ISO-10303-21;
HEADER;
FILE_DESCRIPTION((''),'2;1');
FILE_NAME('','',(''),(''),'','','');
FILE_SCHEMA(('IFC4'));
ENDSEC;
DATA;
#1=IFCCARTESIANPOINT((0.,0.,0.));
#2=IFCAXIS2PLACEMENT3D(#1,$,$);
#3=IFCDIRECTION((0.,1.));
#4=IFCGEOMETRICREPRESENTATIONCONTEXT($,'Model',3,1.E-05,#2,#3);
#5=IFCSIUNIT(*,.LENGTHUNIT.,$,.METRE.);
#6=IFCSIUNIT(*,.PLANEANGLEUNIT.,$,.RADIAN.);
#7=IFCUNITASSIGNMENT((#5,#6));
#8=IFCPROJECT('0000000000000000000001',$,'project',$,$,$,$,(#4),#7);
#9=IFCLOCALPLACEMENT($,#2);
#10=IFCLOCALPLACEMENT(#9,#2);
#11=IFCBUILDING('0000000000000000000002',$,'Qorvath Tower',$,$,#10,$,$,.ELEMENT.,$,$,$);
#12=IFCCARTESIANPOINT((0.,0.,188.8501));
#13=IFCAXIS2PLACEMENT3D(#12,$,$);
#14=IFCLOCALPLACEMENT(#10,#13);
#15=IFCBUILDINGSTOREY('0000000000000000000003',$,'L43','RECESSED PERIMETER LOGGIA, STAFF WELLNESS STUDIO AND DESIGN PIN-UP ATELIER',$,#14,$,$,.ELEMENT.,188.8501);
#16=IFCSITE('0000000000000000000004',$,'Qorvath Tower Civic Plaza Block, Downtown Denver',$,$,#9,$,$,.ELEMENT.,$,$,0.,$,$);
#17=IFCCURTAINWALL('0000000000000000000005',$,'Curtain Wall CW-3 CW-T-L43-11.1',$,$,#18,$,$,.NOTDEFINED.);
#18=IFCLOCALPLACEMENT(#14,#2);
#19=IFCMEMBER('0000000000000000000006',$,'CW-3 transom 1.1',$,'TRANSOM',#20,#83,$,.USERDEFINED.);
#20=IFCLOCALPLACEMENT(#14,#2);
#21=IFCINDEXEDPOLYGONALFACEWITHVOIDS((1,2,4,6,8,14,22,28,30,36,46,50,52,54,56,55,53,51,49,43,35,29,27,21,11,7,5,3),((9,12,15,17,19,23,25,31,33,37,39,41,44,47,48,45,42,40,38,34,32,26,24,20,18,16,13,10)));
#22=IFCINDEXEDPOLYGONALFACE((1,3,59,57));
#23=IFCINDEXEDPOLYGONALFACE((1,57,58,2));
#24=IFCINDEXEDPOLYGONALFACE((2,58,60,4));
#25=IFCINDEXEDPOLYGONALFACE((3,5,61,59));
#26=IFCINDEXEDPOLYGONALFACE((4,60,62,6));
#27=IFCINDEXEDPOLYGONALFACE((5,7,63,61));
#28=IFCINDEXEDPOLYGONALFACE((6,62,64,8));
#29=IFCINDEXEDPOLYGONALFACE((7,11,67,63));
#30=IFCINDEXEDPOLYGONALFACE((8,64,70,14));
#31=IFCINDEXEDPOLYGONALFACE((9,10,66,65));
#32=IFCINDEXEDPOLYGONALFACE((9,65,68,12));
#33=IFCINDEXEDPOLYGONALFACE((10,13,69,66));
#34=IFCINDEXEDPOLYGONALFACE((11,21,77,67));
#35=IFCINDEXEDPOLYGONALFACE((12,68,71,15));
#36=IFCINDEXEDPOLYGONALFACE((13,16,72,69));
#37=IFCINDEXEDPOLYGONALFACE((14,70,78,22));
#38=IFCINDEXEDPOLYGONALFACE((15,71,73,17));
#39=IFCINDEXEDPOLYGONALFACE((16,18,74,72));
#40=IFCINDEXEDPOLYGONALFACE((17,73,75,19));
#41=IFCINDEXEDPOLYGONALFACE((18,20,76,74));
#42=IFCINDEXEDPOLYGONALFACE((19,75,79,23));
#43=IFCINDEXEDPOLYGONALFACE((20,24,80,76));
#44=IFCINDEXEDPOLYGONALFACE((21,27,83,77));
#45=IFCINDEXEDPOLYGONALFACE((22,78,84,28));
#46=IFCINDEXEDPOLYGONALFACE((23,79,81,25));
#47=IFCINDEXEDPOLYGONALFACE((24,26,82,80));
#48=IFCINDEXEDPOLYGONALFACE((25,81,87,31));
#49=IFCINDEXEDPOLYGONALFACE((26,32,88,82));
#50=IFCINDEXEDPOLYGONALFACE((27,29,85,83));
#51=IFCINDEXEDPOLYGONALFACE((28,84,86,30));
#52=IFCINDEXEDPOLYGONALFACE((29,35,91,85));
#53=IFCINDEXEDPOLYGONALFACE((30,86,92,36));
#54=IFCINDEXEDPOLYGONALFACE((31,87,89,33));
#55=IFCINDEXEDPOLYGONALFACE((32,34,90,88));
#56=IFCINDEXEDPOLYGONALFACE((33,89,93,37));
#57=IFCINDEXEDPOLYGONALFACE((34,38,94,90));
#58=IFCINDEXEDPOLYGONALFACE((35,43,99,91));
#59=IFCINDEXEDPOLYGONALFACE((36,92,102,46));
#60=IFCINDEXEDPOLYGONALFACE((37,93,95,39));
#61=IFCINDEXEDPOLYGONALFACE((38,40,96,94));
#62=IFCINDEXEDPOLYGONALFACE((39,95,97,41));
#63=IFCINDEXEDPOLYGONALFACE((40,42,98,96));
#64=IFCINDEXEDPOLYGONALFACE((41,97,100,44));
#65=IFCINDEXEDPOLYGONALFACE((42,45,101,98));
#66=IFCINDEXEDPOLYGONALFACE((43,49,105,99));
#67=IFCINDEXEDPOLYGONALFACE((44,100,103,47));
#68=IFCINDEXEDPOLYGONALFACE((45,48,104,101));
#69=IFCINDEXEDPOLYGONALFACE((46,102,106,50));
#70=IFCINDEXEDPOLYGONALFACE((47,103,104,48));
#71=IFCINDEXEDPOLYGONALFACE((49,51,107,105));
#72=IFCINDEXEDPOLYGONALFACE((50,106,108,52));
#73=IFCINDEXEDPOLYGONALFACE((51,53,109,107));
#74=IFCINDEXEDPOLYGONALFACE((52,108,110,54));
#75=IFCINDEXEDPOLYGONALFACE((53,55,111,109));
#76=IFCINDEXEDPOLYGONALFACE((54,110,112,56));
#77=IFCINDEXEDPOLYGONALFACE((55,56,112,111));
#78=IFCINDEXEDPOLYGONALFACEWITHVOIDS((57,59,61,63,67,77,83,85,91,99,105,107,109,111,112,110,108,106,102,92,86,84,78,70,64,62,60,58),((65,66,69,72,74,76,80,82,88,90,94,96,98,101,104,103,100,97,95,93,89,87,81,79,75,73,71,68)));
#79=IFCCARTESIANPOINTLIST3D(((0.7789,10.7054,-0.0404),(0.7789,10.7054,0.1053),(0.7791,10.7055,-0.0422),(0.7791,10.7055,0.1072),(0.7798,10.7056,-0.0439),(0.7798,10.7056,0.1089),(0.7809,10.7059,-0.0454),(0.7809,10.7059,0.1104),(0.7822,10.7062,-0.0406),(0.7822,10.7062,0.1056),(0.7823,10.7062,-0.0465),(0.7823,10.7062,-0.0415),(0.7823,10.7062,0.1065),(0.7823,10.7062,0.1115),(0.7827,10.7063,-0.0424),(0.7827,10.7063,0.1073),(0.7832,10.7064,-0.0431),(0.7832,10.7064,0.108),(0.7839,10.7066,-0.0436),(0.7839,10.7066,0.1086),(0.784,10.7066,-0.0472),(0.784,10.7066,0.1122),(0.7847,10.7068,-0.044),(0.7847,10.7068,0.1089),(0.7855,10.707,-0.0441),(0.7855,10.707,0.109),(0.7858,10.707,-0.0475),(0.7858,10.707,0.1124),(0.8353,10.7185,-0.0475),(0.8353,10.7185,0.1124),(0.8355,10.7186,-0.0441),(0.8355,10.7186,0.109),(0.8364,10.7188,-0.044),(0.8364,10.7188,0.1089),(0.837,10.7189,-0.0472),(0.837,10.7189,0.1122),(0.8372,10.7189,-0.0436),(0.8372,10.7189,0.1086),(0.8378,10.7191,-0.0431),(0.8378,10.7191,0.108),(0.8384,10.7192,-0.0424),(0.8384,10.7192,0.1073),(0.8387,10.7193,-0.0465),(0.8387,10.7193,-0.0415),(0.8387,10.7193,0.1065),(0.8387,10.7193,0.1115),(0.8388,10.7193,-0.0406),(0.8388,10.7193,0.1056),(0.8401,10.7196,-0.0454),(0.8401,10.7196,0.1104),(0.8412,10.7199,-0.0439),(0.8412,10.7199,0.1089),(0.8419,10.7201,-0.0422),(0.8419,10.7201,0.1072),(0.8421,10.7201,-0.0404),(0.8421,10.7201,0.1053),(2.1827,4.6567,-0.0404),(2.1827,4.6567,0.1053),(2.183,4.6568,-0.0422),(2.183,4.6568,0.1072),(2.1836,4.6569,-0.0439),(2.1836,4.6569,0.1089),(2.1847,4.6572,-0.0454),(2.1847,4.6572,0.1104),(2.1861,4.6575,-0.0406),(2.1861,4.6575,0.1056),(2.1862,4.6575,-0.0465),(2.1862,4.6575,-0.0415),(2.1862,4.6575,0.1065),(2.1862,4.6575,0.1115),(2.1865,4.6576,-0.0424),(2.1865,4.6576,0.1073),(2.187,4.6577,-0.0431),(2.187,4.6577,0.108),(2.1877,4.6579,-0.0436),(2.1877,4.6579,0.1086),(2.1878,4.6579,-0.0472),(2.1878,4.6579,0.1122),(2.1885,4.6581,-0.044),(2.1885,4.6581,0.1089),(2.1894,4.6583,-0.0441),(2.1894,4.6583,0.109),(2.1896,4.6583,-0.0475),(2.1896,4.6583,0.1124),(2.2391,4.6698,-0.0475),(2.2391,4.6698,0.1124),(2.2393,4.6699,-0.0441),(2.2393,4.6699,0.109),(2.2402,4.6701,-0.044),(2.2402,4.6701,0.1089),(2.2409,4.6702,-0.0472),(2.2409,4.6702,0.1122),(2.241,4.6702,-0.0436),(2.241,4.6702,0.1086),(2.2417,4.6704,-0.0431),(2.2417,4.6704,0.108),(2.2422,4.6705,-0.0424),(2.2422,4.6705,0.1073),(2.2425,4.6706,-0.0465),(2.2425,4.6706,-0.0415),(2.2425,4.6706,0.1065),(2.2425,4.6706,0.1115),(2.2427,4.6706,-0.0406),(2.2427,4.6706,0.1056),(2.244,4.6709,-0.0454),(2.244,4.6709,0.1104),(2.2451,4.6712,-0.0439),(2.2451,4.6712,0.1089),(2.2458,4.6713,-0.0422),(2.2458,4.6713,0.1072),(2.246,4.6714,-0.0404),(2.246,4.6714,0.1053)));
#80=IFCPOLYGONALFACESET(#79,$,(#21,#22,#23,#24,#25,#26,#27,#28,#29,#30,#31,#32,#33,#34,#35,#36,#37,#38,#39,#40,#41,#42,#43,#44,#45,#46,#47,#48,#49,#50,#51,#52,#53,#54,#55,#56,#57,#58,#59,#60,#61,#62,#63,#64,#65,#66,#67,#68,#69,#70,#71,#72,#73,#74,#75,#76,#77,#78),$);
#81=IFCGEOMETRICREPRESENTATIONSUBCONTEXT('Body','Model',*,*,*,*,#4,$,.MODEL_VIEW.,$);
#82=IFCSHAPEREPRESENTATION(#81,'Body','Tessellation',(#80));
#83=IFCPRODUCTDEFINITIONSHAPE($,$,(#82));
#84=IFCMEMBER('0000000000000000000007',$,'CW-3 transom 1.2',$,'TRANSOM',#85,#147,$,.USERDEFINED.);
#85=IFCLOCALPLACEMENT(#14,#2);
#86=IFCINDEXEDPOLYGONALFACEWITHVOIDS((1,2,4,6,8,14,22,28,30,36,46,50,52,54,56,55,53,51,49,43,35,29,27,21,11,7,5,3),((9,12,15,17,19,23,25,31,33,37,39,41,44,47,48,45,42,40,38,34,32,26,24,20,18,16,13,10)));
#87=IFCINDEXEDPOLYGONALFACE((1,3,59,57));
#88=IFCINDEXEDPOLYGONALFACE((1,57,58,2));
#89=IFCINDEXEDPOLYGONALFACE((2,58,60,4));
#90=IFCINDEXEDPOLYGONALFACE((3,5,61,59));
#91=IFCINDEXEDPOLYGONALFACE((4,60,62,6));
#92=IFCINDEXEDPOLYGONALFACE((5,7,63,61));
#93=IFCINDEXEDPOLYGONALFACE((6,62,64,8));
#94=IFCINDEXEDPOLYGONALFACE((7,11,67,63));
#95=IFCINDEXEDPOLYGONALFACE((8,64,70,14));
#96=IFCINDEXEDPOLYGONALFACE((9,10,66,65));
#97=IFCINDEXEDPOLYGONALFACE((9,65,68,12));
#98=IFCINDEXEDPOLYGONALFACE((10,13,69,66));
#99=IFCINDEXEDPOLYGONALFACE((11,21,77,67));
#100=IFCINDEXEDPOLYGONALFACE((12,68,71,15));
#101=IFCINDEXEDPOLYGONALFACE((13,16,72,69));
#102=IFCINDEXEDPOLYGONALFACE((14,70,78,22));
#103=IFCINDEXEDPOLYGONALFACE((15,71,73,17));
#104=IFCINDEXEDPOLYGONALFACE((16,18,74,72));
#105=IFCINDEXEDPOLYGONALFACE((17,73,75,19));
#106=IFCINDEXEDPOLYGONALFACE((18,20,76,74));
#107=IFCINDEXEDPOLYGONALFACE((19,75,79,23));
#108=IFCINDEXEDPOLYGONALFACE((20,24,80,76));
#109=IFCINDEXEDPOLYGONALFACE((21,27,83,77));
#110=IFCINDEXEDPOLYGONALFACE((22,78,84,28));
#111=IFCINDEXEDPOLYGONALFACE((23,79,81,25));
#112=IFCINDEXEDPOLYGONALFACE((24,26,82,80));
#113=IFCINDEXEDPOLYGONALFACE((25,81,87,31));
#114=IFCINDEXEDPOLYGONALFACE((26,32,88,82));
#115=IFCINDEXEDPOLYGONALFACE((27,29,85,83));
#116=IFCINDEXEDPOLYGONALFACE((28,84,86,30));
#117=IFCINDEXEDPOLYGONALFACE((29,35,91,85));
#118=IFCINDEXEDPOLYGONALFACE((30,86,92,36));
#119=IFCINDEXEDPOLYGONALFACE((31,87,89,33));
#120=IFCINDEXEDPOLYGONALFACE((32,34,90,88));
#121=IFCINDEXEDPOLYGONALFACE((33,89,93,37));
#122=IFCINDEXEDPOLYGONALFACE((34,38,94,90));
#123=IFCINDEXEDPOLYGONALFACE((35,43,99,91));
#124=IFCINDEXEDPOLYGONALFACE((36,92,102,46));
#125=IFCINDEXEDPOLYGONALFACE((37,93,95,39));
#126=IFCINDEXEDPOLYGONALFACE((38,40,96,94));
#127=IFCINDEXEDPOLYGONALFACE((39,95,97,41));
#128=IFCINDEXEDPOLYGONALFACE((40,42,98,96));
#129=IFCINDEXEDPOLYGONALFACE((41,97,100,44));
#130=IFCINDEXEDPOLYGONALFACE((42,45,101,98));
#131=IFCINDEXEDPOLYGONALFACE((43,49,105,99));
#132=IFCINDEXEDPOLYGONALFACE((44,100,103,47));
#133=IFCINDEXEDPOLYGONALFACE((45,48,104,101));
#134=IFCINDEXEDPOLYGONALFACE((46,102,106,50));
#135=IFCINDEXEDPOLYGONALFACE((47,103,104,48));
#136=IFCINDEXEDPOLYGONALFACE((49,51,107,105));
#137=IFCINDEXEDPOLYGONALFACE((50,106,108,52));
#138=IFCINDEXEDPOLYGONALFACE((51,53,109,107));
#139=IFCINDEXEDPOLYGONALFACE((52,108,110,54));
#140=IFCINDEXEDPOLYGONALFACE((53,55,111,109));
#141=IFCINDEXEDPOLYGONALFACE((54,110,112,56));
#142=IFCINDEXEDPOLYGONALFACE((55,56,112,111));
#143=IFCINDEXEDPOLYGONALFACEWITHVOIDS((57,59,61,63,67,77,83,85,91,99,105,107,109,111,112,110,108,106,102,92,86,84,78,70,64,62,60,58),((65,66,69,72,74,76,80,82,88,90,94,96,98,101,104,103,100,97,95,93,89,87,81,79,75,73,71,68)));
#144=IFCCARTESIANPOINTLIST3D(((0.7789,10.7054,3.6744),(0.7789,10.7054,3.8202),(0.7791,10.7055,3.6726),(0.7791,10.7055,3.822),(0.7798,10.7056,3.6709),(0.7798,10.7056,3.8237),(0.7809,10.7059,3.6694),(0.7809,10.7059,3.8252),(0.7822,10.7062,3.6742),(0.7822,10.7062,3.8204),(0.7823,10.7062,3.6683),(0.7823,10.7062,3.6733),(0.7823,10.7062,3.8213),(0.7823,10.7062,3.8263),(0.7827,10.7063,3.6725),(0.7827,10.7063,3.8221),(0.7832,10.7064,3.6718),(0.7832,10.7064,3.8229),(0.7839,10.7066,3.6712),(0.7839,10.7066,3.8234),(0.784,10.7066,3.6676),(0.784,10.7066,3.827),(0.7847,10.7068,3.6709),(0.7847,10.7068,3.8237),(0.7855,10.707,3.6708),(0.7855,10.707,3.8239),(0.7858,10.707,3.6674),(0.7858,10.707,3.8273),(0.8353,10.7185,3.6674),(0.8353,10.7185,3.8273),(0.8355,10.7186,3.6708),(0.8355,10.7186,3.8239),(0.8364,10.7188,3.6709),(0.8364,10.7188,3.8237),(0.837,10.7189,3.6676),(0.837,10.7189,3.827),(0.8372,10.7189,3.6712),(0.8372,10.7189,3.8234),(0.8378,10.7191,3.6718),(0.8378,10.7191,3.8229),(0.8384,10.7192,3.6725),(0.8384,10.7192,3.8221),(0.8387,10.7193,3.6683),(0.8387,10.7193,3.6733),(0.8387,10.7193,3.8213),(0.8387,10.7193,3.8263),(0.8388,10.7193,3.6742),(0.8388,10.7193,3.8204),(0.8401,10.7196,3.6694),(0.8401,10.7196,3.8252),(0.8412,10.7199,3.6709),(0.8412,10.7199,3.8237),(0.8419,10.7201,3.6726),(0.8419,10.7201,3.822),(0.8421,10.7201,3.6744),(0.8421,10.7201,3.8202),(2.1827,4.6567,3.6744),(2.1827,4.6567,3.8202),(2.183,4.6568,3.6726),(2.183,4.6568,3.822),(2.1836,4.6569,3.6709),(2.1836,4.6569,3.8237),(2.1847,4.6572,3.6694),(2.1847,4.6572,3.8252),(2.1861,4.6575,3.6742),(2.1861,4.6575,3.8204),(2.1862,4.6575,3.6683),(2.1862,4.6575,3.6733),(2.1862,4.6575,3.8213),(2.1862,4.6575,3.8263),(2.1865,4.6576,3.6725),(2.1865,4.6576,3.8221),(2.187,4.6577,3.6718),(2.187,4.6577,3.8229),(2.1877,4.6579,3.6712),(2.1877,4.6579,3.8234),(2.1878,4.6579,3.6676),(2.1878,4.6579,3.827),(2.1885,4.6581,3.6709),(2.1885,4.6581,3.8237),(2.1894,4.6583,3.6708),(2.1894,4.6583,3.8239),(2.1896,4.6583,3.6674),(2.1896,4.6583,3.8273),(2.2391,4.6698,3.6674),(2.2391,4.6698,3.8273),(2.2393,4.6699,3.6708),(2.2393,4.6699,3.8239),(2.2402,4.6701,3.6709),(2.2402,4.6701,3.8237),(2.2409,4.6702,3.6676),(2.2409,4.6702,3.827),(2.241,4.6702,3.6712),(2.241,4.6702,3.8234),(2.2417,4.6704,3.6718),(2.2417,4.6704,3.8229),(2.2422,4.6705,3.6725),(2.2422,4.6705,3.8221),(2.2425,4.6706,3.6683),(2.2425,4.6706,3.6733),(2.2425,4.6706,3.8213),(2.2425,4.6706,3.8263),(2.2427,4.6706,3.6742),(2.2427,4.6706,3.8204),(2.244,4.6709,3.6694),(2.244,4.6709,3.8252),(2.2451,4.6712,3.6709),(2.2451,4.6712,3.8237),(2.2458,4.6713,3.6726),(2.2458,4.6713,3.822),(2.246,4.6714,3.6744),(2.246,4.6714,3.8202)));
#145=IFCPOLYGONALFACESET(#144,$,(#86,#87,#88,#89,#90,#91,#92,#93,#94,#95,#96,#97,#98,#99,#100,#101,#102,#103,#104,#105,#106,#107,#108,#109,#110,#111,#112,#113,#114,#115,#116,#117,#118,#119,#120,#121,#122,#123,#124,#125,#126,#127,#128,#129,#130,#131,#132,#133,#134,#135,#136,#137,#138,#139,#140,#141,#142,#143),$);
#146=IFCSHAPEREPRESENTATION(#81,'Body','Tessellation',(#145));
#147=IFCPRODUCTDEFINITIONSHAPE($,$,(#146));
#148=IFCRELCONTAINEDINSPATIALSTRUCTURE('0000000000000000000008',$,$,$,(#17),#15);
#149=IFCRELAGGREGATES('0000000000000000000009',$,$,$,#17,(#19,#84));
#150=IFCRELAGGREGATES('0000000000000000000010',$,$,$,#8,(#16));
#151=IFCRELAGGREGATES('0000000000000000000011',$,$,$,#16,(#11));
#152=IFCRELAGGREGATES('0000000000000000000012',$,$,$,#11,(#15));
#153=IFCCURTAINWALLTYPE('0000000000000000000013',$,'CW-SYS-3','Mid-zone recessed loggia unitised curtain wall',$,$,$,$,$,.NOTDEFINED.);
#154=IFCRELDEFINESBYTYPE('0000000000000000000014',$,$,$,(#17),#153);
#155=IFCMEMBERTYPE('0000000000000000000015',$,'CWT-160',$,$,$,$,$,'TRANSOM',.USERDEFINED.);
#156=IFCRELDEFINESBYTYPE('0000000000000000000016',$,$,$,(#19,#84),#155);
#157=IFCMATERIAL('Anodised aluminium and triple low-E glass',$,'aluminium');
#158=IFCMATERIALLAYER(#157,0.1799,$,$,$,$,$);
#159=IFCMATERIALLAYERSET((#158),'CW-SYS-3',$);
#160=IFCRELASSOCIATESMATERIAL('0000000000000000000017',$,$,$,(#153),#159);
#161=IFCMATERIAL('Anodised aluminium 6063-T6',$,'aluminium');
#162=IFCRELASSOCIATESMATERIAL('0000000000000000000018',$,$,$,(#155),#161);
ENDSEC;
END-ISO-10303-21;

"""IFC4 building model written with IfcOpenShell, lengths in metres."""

from ifc_helpers import new_model, si_unit, direction, frame, origin, origin_2d, place, context, subcontext, project, spatial, hollow_rectangle, extrude, material, layer, layer_set, material_profile, profile_set, type_object, element, aggregate, save


model = new_model("IFC4")

# Units and contexts
model_context = context("Model", 3, precision=1e-05, world=origin(), true_north=direction((0.0, 1.0)))
body_context = subcontext(model_context, "Body", "Model", "MODEL_VIEW")
ifc_project = project(units=[si_unit("LENGTHUNIT", "METRE"), si_unit("PLANEANGLEUNIT", "RADIAN")], contexts=[model_context])

# Site, building, storey
site_placement = place(None, origin())
site = spatial("IfcSite", under=ifc_project, at=site_placement, Name="Qorvath Tower Civic Plaza Block, Downtown Denver", CompositionType="ELEMENT", RefElevation=0.0)
building_placement = place(site_placement, origin())
building = spatial("IfcBuilding", under=site, at=building_placement, Name="Qorvath Tower", CompositionType="ELEMENT")
storey_placement = place(building_placement, frame((0.0, 0.0, 188.8501)))
storey = spatial("IfcBuildingStorey", under=building, at=storey_placement, Name="L43", Description="RECESSED PERIMETER LOGGIA, STAFF WELLNESS STUDIO AND DESIGN PIN-UP ATELIER", CompositionType="ELEMENT", Elevation=188.8501)

# Shared definitions
ifc_material_1 = material(Name="Anodised aluminium and triple low-E glass", Category="aluminium")
ifc_layer_1 = layer(ifc_material_1, 0.1799)
ifc_layer_set_1 = layer_set([ifc_layer_1], Name="CW-SYS-3")
curtain_wall_type = type_object("IfcCurtainWallType", Name="CW-SYS-3", Description="Mid-zone recessed loggia unitised curtain wall", PredefinedType="NOTDEFINED", material=ifc_layer_set_1)

# Curtain wall
curtain_wall_1_placement = place(storey_placement, origin())
curtain_wall_1 = element("IfcCurtainWall", 1, at=curtain_wall_1_placement, inside=storey, type_object=curtain_wall_type, Name="Curtain Wall CW-3 CW-T-L43-11.1", PredefinedType="NOTDEFINED")

# Members
ifc_material_2 = material(Name="Anodised aluminium 6063-T6", Category="aluminium")
ifc_material_profile_1 = material_profile(ifc_material_2, hollow_rectangle(XDim=0.0649, YDim=0.1599, WallThickness=0.0034, InnerFilletRadius=0.0034, OuterFilletRadius=0.0071, at=origin_2d()), Name="CWT 160x65")
ifc_profile_set_1 = profile_set([ifc_material_profile_1], Name="Anodised aluminium 6063-T6")
member_type_1 = type_object("IfcMemberType", Name="CWT-160", ElementType="TRANSOM", PredefinedType="USERDEFINED", material=ifc_profile_set_1)
member_1_placement = place(storey_placement, frame((2.2144, 4.6641, 0.0325), z_axis=(-0.22608, 0.974109, 0.0), x_axis=(-0.974109, -0.22608, 0.0)))
member_1 = element("IfcMember", 2, at=member_1_placement, type_object=member_type_1, Name="CW-3 transom 1.1", ObjectType="TRANSOM", PredefinedType="USERDEFINED", context=body_context, shape_type="SweptSolid", body=[
    extrude(hollow_rectangle(XDim=0.0649, YDim=0.1599, WallThickness=0.0034, InnerFilletRadius=0.0034, OuterFilletRadius=0.0071, at=origin_2d()), origin(), (0.0, 0.0, 1.0), 6.2095),
])
member_2_placement = place(storey_placement, frame((2.2144, 4.6641, 3.7473), z_axis=(-0.22608, 0.974109, 0.0), x_axis=(-0.974109, -0.22608, 0.0)))
member_2 = element("IfcMember", 3, at=member_2_placement, type_object=member_type_1, Name="CW-3 transom 1.2", ObjectType="TRANSOM", PredefinedType="USERDEFINED", context=body_context, shape_type="SweptSolid", body=[
    extrude(hollow_rectangle(XDim=0.0649, YDim=0.1599, WallThickness=0.0034, InnerFilletRadius=0.0034, OuterFilletRadius=0.0071, at=origin_2d()), origin(), (0.0, 0.0, 1.0), 6.2095),
])

aggregate(curtain_wall_1, [member_1, member_2])

save(model, "model.ifc")
